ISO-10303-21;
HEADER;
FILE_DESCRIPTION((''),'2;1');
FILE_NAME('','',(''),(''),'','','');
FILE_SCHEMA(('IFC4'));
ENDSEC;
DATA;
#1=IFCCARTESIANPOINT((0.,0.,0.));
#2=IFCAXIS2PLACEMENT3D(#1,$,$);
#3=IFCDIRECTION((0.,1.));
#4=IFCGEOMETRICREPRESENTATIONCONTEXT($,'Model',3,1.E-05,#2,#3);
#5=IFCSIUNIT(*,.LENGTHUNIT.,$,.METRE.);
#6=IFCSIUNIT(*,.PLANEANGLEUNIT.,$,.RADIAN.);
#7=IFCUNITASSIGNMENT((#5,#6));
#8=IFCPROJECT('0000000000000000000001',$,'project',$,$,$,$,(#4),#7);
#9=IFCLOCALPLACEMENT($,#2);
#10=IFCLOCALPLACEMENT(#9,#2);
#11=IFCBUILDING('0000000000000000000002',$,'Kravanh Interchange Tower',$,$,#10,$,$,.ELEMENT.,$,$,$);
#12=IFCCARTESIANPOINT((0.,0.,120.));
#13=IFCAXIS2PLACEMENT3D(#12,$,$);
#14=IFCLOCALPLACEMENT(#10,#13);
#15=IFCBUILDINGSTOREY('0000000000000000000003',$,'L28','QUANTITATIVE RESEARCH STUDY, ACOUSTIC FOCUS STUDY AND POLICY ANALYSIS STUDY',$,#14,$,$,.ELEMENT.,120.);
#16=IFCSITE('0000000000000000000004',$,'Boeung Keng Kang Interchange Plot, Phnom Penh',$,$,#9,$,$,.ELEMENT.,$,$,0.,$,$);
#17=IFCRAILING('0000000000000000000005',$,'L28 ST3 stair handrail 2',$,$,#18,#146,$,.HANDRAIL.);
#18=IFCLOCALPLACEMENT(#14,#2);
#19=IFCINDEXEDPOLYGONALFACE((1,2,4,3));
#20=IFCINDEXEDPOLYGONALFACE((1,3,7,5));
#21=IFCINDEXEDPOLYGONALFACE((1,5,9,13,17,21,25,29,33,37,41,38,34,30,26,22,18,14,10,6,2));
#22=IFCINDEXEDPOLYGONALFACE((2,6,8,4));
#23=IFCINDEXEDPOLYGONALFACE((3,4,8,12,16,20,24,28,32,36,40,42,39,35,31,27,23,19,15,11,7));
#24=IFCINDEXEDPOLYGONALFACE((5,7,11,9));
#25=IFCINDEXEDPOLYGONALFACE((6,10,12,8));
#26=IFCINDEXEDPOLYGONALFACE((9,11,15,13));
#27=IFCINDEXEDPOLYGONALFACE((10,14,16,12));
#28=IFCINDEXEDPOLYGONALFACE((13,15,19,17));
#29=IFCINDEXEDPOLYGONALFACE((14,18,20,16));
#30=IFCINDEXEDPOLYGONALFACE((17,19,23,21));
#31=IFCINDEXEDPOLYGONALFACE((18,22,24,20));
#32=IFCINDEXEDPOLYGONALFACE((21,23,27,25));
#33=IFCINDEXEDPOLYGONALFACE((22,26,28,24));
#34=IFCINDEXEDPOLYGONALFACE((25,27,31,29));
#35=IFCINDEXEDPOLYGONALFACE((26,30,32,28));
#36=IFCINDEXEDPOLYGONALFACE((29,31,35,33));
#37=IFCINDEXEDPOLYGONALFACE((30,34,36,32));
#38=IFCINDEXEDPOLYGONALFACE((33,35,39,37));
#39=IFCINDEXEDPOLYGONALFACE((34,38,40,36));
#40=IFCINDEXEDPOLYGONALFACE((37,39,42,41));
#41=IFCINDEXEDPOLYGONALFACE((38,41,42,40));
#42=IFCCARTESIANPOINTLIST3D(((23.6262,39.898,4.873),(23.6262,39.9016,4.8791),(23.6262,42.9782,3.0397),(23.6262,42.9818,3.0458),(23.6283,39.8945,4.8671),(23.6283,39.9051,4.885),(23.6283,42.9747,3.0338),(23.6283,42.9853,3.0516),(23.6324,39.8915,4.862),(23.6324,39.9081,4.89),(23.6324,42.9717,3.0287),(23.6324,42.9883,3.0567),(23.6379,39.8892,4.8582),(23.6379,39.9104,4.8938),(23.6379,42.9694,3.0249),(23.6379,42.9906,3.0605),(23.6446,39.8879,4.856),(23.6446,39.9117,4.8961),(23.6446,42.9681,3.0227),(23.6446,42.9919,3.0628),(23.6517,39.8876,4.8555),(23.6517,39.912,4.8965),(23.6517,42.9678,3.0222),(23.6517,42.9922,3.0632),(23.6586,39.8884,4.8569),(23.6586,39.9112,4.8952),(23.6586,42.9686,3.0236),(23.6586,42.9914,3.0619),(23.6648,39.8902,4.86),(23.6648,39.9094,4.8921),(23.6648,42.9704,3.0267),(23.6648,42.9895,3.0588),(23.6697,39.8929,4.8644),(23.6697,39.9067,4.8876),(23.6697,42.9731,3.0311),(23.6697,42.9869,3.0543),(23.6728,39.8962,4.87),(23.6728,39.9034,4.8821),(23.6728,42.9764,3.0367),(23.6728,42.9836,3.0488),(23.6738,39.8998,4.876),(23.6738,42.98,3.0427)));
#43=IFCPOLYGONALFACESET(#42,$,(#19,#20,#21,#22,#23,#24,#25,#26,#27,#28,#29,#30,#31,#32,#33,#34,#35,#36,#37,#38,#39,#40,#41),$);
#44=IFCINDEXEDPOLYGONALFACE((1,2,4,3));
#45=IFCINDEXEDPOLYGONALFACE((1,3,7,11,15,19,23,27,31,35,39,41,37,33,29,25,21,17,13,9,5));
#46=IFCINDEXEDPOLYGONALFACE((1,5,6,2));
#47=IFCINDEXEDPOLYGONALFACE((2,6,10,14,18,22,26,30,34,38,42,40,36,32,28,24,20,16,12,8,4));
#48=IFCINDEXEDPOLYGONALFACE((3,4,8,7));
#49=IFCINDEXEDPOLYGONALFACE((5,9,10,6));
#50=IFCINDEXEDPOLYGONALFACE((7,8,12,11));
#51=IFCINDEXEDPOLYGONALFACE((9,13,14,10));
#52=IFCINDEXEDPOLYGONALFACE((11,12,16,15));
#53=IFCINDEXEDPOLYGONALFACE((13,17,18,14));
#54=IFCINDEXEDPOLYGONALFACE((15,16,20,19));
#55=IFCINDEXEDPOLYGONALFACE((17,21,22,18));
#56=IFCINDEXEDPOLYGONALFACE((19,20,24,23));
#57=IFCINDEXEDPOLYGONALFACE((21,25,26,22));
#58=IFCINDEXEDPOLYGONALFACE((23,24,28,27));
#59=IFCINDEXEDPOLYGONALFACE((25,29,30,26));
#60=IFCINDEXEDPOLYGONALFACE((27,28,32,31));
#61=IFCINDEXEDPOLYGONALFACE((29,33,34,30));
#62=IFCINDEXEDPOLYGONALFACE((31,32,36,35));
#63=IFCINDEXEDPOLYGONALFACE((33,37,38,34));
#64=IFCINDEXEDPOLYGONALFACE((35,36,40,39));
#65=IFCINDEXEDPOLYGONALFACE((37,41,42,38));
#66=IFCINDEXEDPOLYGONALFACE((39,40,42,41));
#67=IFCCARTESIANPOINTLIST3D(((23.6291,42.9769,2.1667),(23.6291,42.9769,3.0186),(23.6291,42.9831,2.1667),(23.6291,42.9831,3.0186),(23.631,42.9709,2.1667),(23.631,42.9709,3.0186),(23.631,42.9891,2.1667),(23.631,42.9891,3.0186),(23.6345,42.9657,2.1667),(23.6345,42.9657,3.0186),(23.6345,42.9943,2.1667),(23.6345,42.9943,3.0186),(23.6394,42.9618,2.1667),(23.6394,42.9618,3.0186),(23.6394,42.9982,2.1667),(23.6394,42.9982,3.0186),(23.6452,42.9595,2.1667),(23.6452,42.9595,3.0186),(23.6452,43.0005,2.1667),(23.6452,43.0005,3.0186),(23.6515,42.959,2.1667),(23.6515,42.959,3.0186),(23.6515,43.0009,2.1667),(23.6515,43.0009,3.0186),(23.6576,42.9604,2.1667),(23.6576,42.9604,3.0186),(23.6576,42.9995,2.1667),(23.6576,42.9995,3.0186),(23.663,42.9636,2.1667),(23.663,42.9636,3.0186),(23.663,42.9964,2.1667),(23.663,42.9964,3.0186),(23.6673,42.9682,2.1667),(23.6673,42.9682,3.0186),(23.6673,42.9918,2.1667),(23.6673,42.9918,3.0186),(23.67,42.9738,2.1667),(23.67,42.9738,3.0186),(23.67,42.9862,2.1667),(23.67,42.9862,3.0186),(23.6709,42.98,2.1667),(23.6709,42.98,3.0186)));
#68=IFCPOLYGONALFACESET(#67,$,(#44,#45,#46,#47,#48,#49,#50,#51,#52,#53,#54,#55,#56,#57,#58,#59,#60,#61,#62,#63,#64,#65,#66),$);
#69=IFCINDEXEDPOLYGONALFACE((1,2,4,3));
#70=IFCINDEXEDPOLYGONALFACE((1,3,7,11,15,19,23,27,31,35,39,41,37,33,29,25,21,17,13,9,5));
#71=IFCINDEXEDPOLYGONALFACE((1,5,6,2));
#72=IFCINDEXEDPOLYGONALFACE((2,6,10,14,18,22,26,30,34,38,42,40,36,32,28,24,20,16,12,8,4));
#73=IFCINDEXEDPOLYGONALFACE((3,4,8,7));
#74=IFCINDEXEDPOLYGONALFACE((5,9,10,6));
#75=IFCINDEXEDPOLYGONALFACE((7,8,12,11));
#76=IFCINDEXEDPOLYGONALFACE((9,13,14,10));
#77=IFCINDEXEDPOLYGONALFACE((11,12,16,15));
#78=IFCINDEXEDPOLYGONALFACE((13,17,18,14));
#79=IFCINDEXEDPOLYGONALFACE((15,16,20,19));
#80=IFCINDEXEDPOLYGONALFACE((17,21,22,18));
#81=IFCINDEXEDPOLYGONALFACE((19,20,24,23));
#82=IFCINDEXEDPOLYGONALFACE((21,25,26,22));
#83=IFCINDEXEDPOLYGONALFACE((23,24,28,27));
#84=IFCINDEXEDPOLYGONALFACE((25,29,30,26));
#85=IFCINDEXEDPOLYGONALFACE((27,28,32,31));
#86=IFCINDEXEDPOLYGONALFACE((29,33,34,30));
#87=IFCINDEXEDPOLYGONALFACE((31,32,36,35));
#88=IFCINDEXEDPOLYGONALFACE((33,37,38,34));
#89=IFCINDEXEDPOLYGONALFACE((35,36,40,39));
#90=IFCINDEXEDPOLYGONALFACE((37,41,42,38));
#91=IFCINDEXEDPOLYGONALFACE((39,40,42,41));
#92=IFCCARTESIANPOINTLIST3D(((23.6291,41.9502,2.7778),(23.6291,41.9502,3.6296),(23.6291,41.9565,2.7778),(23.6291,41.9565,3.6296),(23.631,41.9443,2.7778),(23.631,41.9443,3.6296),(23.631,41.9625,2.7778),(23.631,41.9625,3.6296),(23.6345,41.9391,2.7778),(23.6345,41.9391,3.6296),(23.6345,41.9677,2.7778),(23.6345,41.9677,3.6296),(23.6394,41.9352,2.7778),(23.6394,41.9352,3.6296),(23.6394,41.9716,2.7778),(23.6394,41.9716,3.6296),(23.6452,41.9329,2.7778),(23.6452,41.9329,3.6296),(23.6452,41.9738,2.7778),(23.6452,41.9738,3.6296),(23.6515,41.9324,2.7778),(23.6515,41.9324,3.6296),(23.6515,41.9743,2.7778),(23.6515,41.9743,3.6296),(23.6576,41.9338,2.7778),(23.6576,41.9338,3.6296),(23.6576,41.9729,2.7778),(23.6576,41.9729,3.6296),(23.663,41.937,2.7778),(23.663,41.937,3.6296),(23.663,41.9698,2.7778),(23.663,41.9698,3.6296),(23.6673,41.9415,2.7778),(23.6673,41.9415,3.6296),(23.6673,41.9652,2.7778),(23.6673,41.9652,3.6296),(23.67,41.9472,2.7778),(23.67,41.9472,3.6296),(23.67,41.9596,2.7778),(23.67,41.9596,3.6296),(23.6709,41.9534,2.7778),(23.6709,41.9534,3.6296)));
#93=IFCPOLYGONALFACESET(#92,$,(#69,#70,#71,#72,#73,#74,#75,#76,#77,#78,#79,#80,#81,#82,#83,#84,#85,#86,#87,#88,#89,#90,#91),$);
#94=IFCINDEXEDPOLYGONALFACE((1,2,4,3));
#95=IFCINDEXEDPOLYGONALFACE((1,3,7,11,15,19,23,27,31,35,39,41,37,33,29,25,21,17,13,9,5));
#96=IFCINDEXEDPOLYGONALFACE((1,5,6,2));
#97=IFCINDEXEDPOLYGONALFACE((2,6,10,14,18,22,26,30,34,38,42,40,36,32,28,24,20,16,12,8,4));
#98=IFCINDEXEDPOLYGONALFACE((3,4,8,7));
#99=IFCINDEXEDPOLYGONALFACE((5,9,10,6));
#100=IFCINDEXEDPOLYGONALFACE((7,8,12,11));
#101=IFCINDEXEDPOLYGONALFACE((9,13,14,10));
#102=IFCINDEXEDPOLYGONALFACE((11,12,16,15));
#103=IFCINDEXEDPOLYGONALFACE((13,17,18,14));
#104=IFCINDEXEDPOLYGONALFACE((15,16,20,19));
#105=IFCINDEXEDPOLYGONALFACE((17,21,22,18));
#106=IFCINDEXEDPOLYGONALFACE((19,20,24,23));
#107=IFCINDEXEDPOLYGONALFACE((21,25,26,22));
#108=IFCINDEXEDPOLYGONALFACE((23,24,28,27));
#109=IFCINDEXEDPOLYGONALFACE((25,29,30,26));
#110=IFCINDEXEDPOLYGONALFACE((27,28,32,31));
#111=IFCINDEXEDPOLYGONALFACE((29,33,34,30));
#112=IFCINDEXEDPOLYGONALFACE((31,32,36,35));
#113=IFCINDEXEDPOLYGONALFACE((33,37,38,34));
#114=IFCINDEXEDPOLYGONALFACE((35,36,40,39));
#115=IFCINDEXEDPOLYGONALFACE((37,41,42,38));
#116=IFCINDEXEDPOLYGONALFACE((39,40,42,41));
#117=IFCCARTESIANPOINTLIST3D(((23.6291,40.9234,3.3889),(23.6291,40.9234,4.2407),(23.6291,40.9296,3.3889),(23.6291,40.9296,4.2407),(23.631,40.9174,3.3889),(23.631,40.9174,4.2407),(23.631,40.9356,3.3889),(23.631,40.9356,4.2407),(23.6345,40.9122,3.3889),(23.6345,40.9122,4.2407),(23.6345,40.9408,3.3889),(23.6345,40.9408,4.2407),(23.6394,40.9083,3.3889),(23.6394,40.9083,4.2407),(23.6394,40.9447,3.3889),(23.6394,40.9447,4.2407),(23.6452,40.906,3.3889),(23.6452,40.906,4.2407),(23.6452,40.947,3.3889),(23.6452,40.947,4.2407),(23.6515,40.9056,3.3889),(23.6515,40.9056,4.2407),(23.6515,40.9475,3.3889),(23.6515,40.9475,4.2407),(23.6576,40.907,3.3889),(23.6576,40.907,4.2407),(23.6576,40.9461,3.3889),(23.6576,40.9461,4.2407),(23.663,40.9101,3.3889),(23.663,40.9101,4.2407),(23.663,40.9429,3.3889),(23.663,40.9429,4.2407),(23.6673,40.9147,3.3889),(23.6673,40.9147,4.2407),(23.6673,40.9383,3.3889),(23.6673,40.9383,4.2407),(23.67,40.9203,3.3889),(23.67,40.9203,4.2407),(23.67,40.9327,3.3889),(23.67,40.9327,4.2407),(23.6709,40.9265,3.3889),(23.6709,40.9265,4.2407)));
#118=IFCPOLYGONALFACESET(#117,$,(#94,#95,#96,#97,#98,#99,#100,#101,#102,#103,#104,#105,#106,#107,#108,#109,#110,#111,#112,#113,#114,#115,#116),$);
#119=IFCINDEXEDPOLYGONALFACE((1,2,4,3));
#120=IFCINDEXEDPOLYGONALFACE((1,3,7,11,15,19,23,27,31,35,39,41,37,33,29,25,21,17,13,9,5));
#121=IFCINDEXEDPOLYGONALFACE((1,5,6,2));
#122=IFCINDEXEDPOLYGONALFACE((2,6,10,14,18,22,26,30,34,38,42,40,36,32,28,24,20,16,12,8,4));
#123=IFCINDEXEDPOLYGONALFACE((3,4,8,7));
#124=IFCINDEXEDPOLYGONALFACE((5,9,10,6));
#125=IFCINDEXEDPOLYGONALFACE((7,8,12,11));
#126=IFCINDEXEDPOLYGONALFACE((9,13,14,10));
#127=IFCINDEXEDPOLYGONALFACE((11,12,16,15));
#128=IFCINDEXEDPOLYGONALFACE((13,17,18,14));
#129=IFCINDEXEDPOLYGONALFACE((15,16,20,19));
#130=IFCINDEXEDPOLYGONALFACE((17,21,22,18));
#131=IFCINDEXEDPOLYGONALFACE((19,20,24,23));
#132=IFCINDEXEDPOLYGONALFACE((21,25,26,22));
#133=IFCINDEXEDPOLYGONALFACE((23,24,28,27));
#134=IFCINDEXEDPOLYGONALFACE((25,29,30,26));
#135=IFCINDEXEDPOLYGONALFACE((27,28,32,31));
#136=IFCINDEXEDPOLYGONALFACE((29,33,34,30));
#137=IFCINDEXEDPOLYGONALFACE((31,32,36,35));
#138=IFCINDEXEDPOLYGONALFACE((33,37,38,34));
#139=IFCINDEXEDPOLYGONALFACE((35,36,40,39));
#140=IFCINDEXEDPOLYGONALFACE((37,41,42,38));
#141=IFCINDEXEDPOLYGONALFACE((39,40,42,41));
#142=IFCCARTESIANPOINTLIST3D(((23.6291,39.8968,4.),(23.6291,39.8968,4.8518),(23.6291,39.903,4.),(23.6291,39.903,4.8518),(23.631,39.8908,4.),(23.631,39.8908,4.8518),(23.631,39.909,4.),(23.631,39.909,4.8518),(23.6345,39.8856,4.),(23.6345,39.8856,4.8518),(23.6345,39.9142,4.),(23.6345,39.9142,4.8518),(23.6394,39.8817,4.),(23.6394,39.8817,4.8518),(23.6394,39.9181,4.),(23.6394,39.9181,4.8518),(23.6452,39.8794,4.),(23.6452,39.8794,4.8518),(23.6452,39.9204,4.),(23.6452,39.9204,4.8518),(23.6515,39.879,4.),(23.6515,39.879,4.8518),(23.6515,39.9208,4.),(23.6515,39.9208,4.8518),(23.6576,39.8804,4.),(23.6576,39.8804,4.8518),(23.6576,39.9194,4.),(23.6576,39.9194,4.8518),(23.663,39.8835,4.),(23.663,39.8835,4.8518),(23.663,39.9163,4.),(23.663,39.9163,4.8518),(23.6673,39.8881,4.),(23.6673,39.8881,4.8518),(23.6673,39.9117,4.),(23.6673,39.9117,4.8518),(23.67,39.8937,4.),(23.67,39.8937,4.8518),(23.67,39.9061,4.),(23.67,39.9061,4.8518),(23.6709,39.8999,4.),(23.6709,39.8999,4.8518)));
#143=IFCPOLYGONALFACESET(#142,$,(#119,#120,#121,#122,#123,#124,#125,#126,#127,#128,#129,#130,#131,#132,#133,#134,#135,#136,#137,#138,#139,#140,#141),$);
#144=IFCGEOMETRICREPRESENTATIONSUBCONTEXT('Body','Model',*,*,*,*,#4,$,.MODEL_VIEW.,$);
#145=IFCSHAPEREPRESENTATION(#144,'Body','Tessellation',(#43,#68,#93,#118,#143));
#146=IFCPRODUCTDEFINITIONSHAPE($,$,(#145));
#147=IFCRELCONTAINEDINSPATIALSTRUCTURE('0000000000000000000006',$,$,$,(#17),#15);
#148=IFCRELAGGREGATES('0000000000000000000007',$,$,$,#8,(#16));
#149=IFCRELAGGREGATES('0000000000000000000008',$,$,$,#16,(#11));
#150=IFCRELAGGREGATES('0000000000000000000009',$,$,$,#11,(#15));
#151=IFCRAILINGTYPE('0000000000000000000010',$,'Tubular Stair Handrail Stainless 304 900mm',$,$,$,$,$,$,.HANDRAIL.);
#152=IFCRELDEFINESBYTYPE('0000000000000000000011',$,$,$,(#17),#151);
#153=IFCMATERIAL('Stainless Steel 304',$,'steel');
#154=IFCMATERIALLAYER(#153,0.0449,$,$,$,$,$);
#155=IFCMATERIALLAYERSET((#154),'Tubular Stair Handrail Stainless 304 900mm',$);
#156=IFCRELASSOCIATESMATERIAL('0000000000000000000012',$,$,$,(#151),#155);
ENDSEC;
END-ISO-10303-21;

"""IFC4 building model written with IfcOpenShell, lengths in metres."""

from ifc_helpers import new_model, si_unit, direction, frame, origin, origin_2d, place, context, subcontext, project, spatial, circle, extrude, material, layer, layer_set, type_object, element, save


model = new_model("IFC4")

# Units and contexts
model_context = context("Model", 3, precision=1e-05, world=origin(), true_north=direction((0.0, 1.0)))
body_context = subcontext(model_context, "Body", "Model", "MODEL_VIEW")
ifc_project = project(units=[si_unit("LENGTHUNIT", "METRE"), si_unit("PLANEANGLEUNIT", "RADIAN")], contexts=[model_context])

# Site, building, storey
site_placement = place(None, origin())
site = spatial("IfcSite", under=ifc_project, at=site_placement, Name="Boeung Keng Kang Interchange Plot, Phnom Penh", CompositionType="ELEMENT", RefElevation=0.0)
building_placement = place(site_placement, origin())
building = spatial("IfcBuilding", under=site, at=building_placement, Name="Kravanh Interchange Tower", CompositionType="ELEMENT")
storey_placement = place(building_placement, frame((0.0, 0.0, 120.0)))
storey = spatial("IfcBuildingStorey", under=building, at=storey_placement, Name="L28", Description="QUANTITATIVE RESEARCH STUDY, ACOUSTIC FOCUS STUDY AND POLICY ANALYSIS STUDY", CompositionType="ELEMENT", Elevation=120.0)

# Railing
ifc_material_1 = material(Name="Stainless Steel 304", Category="steel")
ifc_layer_1 = layer(ifc_material_1, 0.0449)
ifc_layer_set_1 = layer_set([ifc_layer_1], Name="Tubular Stair Handrail Stainless 304 900mm")
railing_type = type_object("IfcRailingType", Name="Tubular Stair Handrail Stainless 304 900mm", PredefinedType="HANDRAIL", material=ifc_layer_set_1)
railing_placement = place(storey_placement, frame((23.6499, 42.98, 2.1667)))
element("IfcRailing", 1, at=railing_placement, inside=storey, type_object=railing_type, Name="L28 ST3 stair handrail 2", PredefinedType="HANDRAIL", context=body_context, shape_type="SweptSolid", body=[
    extrude(circle(Radius=0.0239, at=origin_2d()), frame((0.0, 0.0, 0.876), z_axis=(0.0, -0.859309, 0.511458), x_axis=(1.0, 0.0, 0.0)), (0.0, 0.0, 1.0), 3.5845),
    extrude(circle(Radius=0.021, at=origin_2d()), origin(), (0.0, 0.0, 1.0), 0.8518),
    extrude(circle(Radius=0.021, at=origin_2d()), frame((0.0, -1.0266, 0.6111)), (0.0, 0.0, 1.0), 0.8518),
    extrude(circle(Radius=0.021, at=origin_2d()), frame((0.0, -2.0535, 1.2222)), (0.0, 0.0, 1.0), 0.8518),
    extrude(circle(Radius=0.021, at=origin_2d()), frame((0.0, -3.0801, 1.8333)), (0.0, 0.0, 1.0), 0.8518),
])

save(model, "model.ifc")
